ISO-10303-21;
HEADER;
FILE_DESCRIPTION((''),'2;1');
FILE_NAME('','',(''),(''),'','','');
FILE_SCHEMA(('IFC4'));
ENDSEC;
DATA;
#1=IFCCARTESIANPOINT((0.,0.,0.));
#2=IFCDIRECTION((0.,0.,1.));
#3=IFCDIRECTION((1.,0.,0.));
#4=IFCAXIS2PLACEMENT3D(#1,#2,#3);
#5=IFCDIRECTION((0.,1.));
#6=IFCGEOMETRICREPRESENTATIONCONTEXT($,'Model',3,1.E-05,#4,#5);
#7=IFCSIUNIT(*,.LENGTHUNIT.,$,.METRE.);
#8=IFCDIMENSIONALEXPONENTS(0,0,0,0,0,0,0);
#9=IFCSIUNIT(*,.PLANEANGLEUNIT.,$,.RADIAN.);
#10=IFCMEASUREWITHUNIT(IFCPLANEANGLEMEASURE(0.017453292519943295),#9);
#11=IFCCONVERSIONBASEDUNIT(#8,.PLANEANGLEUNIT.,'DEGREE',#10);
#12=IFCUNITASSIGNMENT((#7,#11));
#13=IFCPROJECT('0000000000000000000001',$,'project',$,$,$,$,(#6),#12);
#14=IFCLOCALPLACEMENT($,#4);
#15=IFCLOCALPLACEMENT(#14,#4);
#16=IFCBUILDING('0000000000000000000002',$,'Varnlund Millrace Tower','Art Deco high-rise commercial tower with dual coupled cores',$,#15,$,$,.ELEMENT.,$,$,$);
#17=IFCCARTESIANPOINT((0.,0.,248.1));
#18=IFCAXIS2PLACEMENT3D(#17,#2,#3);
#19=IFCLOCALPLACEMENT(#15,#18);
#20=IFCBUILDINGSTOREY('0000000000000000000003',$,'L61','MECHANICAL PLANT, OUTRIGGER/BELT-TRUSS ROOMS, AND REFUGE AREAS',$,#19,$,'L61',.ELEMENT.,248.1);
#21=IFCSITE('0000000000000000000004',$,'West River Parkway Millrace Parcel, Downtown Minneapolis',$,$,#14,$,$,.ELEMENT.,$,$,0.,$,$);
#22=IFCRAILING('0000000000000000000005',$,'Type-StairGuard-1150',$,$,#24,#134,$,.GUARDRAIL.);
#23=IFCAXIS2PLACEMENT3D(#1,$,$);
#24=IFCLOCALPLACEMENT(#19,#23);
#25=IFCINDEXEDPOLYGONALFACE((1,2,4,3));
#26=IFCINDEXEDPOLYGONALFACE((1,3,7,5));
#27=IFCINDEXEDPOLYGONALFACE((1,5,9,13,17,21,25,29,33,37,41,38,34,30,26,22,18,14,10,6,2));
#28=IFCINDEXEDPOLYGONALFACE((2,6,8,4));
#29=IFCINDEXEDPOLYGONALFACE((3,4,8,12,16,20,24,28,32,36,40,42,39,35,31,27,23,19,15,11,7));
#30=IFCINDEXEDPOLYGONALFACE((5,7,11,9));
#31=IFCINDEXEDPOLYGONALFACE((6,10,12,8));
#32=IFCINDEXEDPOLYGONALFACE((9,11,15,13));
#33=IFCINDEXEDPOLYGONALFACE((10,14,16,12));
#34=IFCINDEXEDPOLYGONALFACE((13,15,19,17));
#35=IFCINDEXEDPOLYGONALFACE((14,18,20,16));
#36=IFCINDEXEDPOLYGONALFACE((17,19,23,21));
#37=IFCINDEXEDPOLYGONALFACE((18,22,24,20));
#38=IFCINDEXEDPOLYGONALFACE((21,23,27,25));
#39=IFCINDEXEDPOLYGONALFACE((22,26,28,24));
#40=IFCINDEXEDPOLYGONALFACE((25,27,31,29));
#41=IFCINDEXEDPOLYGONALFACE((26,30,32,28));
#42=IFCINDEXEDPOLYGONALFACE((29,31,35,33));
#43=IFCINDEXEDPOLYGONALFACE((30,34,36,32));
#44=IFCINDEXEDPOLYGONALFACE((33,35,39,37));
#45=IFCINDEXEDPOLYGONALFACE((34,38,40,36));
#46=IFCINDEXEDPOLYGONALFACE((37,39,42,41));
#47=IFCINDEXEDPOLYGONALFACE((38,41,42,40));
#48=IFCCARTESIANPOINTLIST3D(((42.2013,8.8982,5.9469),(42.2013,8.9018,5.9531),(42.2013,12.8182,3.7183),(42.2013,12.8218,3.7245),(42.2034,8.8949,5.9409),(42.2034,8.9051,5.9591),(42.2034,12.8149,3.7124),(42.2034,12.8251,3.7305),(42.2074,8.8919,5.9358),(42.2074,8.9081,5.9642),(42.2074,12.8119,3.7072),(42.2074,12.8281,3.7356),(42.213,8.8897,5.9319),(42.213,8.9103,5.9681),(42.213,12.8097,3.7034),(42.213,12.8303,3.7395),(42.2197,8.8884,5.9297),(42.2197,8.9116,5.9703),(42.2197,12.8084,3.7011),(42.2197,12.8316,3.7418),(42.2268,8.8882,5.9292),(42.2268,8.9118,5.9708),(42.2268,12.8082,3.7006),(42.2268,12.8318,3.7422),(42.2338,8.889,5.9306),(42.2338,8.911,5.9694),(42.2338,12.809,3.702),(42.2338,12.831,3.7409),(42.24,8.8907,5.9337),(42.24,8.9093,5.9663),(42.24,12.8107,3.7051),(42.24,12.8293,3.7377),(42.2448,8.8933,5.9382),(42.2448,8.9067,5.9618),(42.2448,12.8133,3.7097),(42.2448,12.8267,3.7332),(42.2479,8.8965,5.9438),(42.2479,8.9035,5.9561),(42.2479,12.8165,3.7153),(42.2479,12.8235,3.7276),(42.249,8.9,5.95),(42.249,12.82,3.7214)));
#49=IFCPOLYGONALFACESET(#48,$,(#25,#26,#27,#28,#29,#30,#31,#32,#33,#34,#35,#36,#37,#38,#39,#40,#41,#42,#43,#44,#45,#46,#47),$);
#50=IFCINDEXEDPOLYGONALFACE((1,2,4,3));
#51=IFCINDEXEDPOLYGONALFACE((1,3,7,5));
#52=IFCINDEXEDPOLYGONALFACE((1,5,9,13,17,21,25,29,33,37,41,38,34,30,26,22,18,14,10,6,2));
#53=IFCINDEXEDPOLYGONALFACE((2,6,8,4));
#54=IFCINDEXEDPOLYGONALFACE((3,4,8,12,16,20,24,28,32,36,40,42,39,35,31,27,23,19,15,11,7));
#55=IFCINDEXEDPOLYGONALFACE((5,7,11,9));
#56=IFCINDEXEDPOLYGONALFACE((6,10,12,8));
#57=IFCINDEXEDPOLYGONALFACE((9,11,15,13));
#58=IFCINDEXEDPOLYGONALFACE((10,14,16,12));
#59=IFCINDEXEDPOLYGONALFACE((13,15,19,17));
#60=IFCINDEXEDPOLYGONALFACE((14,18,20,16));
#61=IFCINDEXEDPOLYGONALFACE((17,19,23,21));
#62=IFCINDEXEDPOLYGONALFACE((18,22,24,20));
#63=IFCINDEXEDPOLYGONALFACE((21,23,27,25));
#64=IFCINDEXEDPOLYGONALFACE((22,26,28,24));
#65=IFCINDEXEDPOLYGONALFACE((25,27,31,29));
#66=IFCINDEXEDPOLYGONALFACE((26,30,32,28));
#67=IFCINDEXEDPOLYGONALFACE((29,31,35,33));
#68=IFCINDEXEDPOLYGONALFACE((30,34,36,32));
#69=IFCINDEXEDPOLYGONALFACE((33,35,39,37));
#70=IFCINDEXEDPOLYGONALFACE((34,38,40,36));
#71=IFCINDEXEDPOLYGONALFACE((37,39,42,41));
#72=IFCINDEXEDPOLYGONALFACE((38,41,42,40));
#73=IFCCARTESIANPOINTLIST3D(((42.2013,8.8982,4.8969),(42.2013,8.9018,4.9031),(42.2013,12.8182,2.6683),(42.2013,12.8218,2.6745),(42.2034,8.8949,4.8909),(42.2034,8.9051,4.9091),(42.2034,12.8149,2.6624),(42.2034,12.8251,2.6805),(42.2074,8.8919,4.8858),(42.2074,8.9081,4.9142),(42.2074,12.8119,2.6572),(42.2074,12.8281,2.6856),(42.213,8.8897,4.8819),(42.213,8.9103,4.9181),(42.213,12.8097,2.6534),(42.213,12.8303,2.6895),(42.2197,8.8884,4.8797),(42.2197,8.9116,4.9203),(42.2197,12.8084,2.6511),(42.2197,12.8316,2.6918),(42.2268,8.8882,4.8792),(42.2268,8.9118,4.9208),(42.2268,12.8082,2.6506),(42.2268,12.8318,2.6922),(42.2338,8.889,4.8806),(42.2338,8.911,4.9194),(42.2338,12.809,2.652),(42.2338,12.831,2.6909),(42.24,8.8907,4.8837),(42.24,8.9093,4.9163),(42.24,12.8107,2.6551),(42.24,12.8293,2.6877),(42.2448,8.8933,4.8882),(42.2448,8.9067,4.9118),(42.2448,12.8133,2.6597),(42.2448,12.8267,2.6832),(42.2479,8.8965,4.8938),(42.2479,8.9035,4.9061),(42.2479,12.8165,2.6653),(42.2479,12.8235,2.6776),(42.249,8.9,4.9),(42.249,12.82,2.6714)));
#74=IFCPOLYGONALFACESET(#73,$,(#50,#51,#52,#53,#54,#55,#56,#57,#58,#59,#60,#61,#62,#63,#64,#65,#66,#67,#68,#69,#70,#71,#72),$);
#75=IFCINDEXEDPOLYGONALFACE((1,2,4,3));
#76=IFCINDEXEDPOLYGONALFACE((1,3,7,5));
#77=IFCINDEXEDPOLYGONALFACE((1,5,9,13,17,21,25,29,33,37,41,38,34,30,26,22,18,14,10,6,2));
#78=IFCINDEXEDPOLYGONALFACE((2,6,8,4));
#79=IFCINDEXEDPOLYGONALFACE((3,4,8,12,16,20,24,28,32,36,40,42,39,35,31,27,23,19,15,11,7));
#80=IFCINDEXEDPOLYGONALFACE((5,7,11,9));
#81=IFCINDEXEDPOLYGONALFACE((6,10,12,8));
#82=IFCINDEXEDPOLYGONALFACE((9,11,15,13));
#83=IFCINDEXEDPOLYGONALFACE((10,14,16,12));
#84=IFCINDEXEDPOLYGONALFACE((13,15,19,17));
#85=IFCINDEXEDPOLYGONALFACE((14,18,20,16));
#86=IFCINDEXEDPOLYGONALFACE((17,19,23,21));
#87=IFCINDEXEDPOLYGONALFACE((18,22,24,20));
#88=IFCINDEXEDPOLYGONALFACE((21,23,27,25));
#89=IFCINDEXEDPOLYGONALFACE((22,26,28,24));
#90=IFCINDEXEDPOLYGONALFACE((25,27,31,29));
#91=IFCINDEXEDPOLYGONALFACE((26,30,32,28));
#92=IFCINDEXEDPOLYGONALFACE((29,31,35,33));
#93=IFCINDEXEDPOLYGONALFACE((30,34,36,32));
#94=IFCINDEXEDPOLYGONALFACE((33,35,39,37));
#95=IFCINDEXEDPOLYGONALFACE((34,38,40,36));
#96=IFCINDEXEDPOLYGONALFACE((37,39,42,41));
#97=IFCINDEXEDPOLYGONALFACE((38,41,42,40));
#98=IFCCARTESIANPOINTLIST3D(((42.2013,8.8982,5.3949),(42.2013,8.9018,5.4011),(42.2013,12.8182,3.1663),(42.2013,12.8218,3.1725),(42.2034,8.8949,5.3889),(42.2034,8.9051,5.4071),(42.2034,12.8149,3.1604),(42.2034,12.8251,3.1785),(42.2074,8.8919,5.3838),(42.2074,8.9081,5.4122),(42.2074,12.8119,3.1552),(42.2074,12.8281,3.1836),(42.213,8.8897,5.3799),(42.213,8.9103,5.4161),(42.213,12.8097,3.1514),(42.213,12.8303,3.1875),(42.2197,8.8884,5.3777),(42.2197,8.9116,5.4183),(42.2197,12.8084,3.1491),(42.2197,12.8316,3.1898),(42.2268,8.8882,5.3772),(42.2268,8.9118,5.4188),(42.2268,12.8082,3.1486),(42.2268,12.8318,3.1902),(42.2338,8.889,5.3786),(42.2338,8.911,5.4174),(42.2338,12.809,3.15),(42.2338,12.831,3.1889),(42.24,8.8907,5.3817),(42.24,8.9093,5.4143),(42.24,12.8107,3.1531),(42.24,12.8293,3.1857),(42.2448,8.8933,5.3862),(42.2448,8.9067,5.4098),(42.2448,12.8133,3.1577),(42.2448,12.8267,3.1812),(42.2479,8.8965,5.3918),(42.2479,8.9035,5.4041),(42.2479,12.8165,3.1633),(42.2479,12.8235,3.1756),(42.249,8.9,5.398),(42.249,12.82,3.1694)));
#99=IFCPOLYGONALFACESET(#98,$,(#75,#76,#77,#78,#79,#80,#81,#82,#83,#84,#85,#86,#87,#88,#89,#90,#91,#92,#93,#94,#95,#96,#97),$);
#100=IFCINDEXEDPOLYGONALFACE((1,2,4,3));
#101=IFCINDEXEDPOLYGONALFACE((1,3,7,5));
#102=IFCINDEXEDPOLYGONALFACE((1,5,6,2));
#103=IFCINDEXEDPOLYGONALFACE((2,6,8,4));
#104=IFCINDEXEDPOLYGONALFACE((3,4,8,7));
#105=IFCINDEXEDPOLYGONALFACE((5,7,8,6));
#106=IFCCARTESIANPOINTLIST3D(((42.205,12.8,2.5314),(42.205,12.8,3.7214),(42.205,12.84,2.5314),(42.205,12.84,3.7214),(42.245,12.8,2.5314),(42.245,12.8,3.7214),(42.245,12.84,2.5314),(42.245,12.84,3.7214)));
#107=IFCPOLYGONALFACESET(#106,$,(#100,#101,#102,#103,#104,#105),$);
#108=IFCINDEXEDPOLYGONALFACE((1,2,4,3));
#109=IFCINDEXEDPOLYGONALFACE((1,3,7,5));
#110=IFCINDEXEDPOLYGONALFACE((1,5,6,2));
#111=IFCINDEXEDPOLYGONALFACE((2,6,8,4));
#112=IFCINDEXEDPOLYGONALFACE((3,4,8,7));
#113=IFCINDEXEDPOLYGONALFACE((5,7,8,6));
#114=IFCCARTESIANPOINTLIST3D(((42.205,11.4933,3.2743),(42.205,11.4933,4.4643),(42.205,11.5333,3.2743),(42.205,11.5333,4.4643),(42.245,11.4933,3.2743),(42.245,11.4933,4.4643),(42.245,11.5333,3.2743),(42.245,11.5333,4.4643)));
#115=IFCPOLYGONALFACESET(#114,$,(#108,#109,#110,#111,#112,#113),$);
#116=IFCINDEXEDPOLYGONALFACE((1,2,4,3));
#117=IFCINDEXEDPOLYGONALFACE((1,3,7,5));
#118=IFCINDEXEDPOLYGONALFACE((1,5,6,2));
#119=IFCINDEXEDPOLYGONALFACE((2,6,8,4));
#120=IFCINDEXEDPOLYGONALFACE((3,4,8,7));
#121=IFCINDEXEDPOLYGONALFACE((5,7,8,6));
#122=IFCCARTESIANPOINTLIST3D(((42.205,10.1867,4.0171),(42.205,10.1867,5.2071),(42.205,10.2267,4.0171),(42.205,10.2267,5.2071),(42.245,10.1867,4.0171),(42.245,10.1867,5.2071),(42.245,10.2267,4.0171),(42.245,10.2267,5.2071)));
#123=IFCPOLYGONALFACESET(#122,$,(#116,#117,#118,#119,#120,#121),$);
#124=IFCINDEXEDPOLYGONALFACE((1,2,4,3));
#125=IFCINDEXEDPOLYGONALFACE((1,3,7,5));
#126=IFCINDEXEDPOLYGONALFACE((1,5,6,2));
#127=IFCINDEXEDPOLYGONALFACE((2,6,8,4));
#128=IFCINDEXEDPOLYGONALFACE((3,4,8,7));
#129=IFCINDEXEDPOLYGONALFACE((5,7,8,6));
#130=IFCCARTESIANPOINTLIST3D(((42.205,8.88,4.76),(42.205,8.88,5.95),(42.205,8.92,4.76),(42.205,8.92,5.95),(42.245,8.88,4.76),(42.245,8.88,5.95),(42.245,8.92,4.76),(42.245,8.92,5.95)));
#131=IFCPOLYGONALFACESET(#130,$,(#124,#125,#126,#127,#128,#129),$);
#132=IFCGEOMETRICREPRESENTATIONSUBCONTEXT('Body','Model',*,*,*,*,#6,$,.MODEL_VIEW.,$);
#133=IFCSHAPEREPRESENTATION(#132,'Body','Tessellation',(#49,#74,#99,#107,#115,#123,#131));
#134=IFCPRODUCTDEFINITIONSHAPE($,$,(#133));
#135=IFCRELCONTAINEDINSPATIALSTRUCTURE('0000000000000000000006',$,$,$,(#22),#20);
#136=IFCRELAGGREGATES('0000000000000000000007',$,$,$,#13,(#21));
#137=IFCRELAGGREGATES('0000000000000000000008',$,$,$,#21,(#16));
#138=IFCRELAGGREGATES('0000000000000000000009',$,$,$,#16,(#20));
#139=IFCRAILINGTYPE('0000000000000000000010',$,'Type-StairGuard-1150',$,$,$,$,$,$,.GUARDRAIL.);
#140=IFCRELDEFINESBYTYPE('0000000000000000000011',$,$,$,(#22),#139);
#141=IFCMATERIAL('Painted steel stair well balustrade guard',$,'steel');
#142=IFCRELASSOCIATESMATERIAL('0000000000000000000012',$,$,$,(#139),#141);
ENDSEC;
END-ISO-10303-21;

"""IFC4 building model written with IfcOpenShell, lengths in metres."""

from ifc_helpers import new_model, entity, si_unit, converted_unit, direction, frame, origin_with_axes, origin_2d_with_axis, place, context, subcontext, project, spatial, rectangle, circle, extrude, material, type_object, element, save


model = new_model("IFC4")

# Units and contexts
model_context = context("Model", 3, precision=1e-05, world=origin_with_axes(), true_north=direction((0.0, 1.0)))
body_context = subcontext(model_context, "Body", "Model", "MODEL_VIEW")
ifc_project = project(units=[si_unit("LENGTHUNIT", "METRE"), converted_unit("PLANEANGLEUNIT", "DEGREE", entity("IfcPlaneAngleMeasure", 0.017453292519943295), si_unit("PLANEANGLEUNIT", "RADIAN"), dimensions=[0, 0, 0, 0, 0, 0, 0])], contexts=[model_context])

# Site, building, storey
site_placement = place(None, origin_with_axes())
site = spatial("IfcSite", under=ifc_project, at=site_placement, Name="West River Parkway Millrace Parcel, Downtown Minneapolis", CompositionType="ELEMENT", RefElevation=0.0)
building_placement = place(site_placement, origin_with_axes())
building = spatial("IfcBuilding", under=site, at=building_placement, Name="Varnlund Millrace Tower", Description="Art Deco high-rise commercial tower with dual coupled cores", CompositionType="ELEMENT")
storey_placement = place(building_placement, frame((0.0, 0.0, 248.1), z_axis=(0.0, 0.0, 1.0), x_axis=(1.0, 0.0, 0.0)))
storey = spatial("IfcBuildingStorey", under=building, at=storey_placement, Name="L61", Description="MECHANICAL PLANT, OUTRIGGER/BELT-TRUSS ROOMS, AND REFUGE AREAS", LongName="L61", CompositionType="ELEMENT", Elevation=248.1)

# Railing
ifc_material_1 = material(Name="Painted steel stair well balustrade guard", Category="steel")
railing_type_1 = type_object("IfcRailingType", Name="Type-StairGuard-1150", PredefinedType="GUARDRAIL", material=ifc_material_1)
railing_1_placement = place(storey_placement, frame((0.0, 0.0, -248.1), z_axis=(0.0, 0.0, 1.0), x_axis=(1.0, 0.0, 0.0)))
element("IfcRailing", 1, at=railing_1_placement, inside=storey, type_object=railing_type_1, Name="Type-StairGuard-1150", PredefinedType="GUARDRAIL", context=body_context, shape_type="SweptSolid", body=[
    extrude(circle(Radius=0.024, at=origin_2d_with_axis()), frame((42.225, 12.82, 251.8214), z_axis=(0.0, -0.869333, 0.494227), x_axis=(1.0, 0.0, 0.0)), (0.0, 0.0, 1.0), 4.5092),
    extrude(circle(Radius=0.024, at=origin_2d_with_axis()), frame((42.225, 12.82, 250.7714), z_axis=(0.0, -0.869333, 0.494227), x_axis=(1.0, 0.0, 0.0)), (0.0, 0.0, 1.0), 4.5092),
    extrude(circle(Radius=0.024, at=origin_2d_with_axis()), frame((42.225, 12.82, 251.2694), z_axis=(0.0, -0.869333, 0.494227), x_axis=(1.0, 0.0, 0.0)), (0.0, 0.0, 1.0), 4.5092),
    extrude(rectangle(XDim=0.04, YDim=0.04, at=origin_2d_with_axis()), frame((42.225, 12.82, 250.6314), z_axis=(0.0, 0.0, 1.0), x_axis=(1.0, 0.0, 0.0)), (0.0, 0.0, 1.0), 1.19),
    extrude(rectangle(XDim=0.04, YDim=0.04, at=origin_2d_with_axis()), frame((42.225, 11.5133, 251.3743), z_axis=(0.0, 0.0, 1.0), x_axis=(1.0, 0.0, 0.0)), (0.0, 0.0, 1.0), 1.19),
    extrude(rectangle(XDim=0.04, YDim=0.04, at=origin_2d_with_axis()), frame((42.225, 10.2067, 252.1171), z_axis=(0.0, 0.0, 1.0), x_axis=(1.0, 0.0, 0.0)), (0.0, 0.0, 1.0), 1.19),
    extrude(rectangle(XDim=0.04, YDim=0.04, at=origin_2d_with_axis()), frame((42.225, 8.9, 252.86), z_axis=(0.0, 0.0, 1.0), x_axis=(1.0, 0.0, 0.0)), (0.0, 0.0, 1.0), 1.19),
])

save(model, "model.ifc")
